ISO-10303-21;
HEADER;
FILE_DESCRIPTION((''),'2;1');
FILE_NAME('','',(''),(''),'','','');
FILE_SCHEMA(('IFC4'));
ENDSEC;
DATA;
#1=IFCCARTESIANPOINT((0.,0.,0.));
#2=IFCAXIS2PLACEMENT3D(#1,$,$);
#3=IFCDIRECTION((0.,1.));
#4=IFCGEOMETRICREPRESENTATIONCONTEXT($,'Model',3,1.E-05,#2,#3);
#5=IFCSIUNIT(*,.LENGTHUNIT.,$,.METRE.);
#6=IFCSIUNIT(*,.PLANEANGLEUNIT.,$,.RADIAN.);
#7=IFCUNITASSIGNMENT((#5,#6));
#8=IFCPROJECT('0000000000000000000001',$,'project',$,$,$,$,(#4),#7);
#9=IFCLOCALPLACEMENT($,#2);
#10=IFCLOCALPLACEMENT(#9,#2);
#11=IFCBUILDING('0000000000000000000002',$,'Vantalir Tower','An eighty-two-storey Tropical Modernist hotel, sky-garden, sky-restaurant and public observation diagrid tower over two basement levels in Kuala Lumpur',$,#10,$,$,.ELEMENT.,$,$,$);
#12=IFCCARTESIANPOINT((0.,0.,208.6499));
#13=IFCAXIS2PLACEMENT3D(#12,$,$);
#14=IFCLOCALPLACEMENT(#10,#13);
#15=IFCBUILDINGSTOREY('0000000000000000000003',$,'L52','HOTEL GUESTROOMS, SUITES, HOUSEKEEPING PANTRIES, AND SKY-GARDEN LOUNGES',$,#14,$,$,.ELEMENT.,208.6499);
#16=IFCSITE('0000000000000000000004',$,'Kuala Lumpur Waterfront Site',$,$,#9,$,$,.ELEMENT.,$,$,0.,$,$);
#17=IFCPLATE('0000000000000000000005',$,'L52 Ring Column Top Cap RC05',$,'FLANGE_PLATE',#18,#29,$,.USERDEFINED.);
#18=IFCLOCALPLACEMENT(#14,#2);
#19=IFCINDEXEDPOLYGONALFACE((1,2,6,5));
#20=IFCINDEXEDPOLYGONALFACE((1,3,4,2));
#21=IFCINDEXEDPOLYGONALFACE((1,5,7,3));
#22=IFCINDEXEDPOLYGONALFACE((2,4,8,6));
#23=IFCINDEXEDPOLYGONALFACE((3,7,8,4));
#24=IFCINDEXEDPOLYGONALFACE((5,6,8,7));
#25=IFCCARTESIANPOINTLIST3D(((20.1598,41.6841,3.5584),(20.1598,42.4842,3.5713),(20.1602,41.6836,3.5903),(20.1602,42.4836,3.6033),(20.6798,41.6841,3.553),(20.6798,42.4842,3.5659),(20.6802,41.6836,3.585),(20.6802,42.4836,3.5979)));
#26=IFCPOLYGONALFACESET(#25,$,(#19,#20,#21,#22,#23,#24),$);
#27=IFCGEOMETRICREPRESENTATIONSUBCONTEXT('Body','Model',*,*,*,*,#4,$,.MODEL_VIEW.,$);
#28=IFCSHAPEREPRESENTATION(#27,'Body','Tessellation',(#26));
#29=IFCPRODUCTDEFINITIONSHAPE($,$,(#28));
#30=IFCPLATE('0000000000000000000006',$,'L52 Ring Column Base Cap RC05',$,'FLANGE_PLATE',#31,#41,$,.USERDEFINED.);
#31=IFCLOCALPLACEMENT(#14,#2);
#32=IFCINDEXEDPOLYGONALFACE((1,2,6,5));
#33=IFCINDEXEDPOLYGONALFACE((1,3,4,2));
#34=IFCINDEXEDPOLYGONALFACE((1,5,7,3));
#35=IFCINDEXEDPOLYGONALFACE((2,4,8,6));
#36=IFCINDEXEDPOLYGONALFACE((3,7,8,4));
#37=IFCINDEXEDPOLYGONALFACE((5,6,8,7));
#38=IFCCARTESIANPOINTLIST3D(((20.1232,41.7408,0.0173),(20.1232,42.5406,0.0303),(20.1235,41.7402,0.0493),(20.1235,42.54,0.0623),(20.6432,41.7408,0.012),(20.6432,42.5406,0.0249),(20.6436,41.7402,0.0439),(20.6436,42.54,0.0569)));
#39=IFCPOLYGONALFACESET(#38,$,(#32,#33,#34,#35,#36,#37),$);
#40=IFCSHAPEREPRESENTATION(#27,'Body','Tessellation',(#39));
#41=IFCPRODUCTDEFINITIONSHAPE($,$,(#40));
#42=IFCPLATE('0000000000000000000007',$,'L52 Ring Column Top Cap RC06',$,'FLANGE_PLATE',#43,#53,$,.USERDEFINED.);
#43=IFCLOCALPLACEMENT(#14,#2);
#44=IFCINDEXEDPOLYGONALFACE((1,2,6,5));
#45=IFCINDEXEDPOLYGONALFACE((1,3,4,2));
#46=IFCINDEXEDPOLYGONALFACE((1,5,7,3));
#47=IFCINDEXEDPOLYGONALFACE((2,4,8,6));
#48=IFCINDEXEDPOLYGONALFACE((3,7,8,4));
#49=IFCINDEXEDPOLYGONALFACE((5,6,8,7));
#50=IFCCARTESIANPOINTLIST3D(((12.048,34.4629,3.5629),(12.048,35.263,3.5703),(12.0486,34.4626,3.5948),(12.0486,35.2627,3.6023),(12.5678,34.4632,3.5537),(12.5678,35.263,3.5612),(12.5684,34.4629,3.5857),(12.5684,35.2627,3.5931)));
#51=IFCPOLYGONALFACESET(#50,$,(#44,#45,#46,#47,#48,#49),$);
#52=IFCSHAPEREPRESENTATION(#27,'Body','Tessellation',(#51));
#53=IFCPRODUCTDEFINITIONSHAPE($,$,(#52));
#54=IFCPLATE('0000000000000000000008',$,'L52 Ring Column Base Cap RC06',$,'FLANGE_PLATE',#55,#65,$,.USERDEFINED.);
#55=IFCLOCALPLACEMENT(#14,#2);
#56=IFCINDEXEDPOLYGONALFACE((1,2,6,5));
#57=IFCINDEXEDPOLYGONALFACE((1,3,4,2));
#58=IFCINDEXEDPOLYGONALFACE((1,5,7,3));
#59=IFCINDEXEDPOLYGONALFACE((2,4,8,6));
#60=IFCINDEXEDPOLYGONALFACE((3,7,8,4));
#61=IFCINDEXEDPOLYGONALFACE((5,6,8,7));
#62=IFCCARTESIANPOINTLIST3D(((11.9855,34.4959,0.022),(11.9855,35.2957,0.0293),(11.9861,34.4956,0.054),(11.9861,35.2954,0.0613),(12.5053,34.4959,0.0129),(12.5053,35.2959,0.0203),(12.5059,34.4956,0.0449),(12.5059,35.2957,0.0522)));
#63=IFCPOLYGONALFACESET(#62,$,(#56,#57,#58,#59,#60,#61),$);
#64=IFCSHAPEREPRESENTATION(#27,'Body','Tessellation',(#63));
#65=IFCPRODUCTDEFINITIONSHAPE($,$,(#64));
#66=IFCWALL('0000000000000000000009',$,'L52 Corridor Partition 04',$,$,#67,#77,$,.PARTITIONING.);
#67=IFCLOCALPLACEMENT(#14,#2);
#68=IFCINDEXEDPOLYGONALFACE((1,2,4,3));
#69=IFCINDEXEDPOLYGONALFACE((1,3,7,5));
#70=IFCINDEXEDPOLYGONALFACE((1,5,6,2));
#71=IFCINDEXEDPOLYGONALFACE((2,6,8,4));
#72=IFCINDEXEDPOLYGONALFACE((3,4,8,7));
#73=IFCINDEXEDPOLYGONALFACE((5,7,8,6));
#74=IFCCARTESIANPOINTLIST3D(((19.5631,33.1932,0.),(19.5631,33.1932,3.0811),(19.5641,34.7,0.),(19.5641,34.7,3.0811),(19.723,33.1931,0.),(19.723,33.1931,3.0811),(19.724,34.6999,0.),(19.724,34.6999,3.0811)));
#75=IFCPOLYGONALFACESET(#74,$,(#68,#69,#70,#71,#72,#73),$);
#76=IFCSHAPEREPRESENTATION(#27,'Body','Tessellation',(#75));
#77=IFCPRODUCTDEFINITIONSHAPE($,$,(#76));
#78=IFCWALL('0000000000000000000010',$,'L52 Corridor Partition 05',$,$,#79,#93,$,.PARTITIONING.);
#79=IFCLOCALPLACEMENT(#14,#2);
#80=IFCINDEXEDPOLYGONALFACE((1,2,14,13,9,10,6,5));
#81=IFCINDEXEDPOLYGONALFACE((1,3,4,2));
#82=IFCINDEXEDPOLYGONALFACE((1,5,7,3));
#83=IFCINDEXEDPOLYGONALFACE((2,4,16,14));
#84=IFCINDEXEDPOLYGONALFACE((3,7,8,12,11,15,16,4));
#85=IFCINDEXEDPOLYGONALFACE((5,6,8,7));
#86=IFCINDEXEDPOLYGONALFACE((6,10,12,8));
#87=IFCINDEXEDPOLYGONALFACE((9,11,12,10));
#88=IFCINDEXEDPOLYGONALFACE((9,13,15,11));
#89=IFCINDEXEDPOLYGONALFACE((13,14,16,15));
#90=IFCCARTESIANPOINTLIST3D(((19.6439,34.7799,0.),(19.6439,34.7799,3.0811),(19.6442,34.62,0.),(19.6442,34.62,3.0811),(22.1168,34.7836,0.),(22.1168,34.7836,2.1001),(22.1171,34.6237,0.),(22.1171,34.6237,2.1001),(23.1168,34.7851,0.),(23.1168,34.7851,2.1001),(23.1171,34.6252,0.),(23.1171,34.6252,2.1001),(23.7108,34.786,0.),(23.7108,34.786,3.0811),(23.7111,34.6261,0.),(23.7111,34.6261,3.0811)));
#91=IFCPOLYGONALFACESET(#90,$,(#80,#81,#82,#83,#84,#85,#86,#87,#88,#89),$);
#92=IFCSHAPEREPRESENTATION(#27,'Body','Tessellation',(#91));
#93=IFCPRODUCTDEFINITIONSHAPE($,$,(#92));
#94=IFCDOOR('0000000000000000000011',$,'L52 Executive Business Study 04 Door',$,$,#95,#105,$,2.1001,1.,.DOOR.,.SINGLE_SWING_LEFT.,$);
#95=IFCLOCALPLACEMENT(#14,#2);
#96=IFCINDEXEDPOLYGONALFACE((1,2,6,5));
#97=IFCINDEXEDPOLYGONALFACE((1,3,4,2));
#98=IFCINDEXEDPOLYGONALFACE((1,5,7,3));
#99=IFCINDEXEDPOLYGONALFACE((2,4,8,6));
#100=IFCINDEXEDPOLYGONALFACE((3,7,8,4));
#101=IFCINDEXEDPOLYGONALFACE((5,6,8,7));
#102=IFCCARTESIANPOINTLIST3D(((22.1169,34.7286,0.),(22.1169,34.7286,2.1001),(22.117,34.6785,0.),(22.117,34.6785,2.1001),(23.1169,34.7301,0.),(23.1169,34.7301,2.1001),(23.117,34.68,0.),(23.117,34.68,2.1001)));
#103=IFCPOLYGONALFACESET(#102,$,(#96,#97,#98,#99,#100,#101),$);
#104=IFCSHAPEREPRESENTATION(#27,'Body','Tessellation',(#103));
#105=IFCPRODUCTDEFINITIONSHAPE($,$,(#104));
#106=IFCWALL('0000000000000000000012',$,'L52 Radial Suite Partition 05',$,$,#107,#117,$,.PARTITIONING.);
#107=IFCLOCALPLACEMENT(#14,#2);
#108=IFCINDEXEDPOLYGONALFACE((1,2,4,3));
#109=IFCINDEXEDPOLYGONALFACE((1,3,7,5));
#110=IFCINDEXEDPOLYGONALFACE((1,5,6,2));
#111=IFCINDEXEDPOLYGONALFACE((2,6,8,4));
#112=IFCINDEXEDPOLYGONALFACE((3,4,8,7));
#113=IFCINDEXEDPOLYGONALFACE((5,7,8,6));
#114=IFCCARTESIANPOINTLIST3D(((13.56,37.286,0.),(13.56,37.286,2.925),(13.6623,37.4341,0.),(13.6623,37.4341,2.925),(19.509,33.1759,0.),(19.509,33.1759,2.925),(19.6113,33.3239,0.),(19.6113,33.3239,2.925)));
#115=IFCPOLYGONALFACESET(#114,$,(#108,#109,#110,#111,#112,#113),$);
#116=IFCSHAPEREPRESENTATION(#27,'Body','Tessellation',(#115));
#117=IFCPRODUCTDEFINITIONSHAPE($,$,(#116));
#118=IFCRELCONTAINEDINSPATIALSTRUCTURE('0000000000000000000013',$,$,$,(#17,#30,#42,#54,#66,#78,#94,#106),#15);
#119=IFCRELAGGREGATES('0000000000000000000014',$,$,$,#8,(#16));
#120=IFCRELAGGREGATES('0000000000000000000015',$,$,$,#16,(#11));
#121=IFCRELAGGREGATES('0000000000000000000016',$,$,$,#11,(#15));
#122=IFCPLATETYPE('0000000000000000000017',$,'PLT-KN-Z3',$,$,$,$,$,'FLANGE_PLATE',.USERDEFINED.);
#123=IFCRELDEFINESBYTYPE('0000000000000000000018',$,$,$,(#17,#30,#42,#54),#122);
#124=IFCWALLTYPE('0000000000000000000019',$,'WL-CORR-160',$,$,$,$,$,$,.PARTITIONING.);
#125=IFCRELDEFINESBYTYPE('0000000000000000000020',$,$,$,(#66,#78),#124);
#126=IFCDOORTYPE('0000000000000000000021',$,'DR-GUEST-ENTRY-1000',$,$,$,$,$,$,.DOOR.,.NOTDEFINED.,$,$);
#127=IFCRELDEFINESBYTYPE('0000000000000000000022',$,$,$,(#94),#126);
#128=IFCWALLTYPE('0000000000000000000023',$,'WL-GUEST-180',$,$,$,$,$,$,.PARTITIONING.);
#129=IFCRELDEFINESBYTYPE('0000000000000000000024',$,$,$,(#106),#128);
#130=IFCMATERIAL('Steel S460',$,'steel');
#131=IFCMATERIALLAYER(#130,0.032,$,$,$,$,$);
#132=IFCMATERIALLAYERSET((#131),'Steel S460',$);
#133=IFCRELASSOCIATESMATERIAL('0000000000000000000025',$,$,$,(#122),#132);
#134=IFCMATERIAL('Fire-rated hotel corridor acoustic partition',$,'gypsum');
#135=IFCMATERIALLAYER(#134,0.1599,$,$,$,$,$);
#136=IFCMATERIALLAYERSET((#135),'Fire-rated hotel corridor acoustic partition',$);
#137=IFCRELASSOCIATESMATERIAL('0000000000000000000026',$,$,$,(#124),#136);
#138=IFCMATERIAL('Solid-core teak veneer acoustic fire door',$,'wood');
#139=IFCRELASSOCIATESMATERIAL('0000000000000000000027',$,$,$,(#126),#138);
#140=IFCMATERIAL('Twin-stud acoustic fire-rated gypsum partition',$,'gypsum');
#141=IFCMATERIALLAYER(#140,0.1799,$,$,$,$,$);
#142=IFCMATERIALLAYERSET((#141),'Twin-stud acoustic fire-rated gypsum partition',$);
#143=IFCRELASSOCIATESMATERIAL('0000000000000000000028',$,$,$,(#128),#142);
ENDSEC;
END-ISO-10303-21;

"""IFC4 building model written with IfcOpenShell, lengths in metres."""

from ifc_helpers import new_model, si_unit, direction, frame, frame_2d, origin, place, context, subcontext, project, spatial, polyline, rectangle, outline, extrude, material, layer, layer_set, type_object, element, fill, save


model = new_model("IFC4")

# Units and contexts
model_context = context("Model", 3, precision=1e-05, world=origin(), true_north=direction((0.0, 1.0)))
body_context = subcontext(model_context, "Body", "Model", "MODEL_VIEW")
ifc_project = project(units=[si_unit("LENGTHUNIT", "METRE"), si_unit("PLANEANGLEUNIT", "RADIAN")], contexts=[model_context])

# Site, building, storey
site_placement = place(None, origin())
site = spatial("IfcSite", under=ifc_project, at=site_placement, Name="Kuala Lumpur Waterfront Site", CompositionType="ELEMENT", RefElevation=0.0)
building_placement = place(site_placement, origin())
building = spatial("IfcBuilding", under=site, at=building_placement, Name="Vantalir Tower", Description="An eighty-two-storey Tropical Modernist hotel, sky-garden, sky-restaurant and public observation diagrid tower over two basement levels in Kuala Lumpur", CompositionType="ELEMENT")
storey_placement = place(building_placement, frame((0.0, 0.0, 208.6499)))
storey = spatial("IfcBuildingStorey", under=building, at=storey_placement, Name="L52", Description="HOTEL GUESTROOMS, SUITES, HOUSEKEEPING PANTRIES, AND SKY-GARDEN LOUNGES", CompositionType="ELEMENT", Elevation=208.6499)

# Shared definitions
ifc_material_1 = material(Name="Steel S460", Category="steel")

# Plates
ifc_layer_1 = layer(ifc_material_1, 0.032)
ifc_layer_set_1 = layer_set([ifc_layer_1], Name="Steel S460")
plate_type_1 = type_object("IfcPlateType", Name="PLT-KN-Z3", ElementType="FLANGE_PLATE", PredefinedType="USERDEFINED", material=ifc_layer_set_1)
plate_1_placement = place(storey_placement, frame((20.1602, 42.4836, 3.6033), z_axis=(0.010327, -0.01617, 0.999816), x_axis=(0.0, -0.999869, -0.016171)))
element("IfcPlate", 1, at=plate_1_placement, inside=storey, type_object=plate_type_1, Name="L52 Ring Column Top Cap RC05", ObjectType="FLANGE_PLATE", PredefinedType="USERDEFINED", context=body_context, shape_type="SweptSolid", body=[
    extrude(outline(polyline([(0.0, 0.0), (0.8002, 0.0), (0.8002, 0.52), (0.0001, 0.52), (0.0, 0.0)])), origin(), (0.0, 0.0, -1.0), 0.032),
])
plate_2_placement = place(storey_placement, frame((20.1235, 42.54, 0.0623), z_axis=(0.010327, -0.016175, 0.999816), x_axis=(0.0, -0.999869, -0.016176)))
element("IfcPlate", 2, at=plate_2_placement, inside=storey, type_object=plate_type_1, Name="L52 Ring Column Base Cap RC05", ObjectType="FLANGE_PLATE", PredefinedType="USERDEFINED", context=body_context, shape_type="SweptSolid", body=[
    extrude(outline(polyline([(0.0, 0.0), (0.7999, 0.0), (0.8, 0.52), (0.0001, 0.52), (0.0, 0.0)])), origin(), (0.0, 0.0, -1.0), 0.032),
])
plate_3_placement = place(storey_placement, frame((12.0486, 35.2627, 3.6023), z_axis=(0.017613, -0.009307, 0.999802), x_axis=(-0.000003, -0.999957, -0.009308)))
element("IfcPlate", 3, at=plate_3_placement, inside=storey, type_object=plate_type_1, Name="L52 Ring Column Top Cap RC06", ObjectType="FLANGE_PLATE", PredefinedType="USERDEFINED", context=body_context, shape_type="SweptSolid", body=[
    extrude(outline(polyline([(0.0, 0.0), (0.8001, 0.0), (0.7999, 0.5199), (0.0001, 0.5199), (0.0, 0.0)])), origin(), (0.0, 0.0, -1.0), 0.032),
])
plate_4_placement = place(storey_placement, frame((11.9861, 35.2954, 0.0613), z_axis=(0.017378, -0.009154, 0.999807), x_axis=(0.0, -0.999958, -0.009156)))
element("IfcPlate", 4, at=plate_4_placement, inside=storey, type_object=plate_type_1, Name="L52 Ring Column Base Cap RC06", ObjectType="FLANGE_PLATE", PredefinedType="USERDEFINED", context=body_context, shape_type="SweptSolid", body=[
    extrude(outline(polyline([(0.0, 0.0), (0.7998, 0.0), (0.7999, 0.5199), (-0.0002, 0.5199), (0.0, 0.0)])), origin(), (0.0, 0.0, -1.0), 0.032),
])

# Wall
ifc_material_2 = material(Name="Fire-rated hotel corridor acoustic partition", Category="gypsum")
ifc_layer_2 = layer(ifc_material_2, 0.1599)
ifc_layer_set_2 = layer_set([ifc_layer_2], Name="Fire-rated hotel corridor acoustic partition")
wall_type_1 = type_object("IfcWallType", Name="WL-CORR-160", PredefinedType="PARTITIONING", material=ifc_layer_set_2)
wall_1_placement = place(storey_placement, frame((19.6431, 33.1931, 0.0), z_axis=(0.0, 0.0, 1.0), x_axis=(0.000648, 1.0, 0.0)))
element("IfcWall", 5, at=wall_1_placement, inside=storey, type_object=wall_type_1, Name="L52 Corridor Partition 04", PredefinedType="PARTITIONING", context=body_context, shape_type="SweptSolid", body=[
    extrude(rectangle(XDim=1.5068, YDim=0.1599, at=frame_2d((0.7534, 0.0))), origin(), (0.0, 0.0, 1.0), 3.0811),
])

# Wall, opening, door
wall_2_placement = place(storey_placement, frame((19.644, 34.7, 0.0), z_axis=(0.0, 0.0, 1.0), x_axis=(0.999999, 0.001501, 0.0)))
wall_2 = element("IfcWall", 6, at=wall_2_placement, inside=storey, type_object=wall_type_1, Name="L52 Corridor Partition 05", PredefinedType="PARTITIONING", context=body_context, shape_type="SweptSolid", body=[
    extrude(rectangle(XDim=4.0669, YDim=0.1599, at=frame_2d((2.0334, 0.0))), origin(), (0.0, 0.0, 1.0), 3.0811),
])
opening_placement = place(wall_2_placement, frame((2.4729, 0.0, 0.0)))
opening = element("IfcOpeningElement", 7, at=opening_placement, cuts=wall_2, PredefinedType="OPENING", context=body_context, shape_type="SweptSolid", body=[
    extrude(rectangle(XDim=1.0, YDim=2.1001, at=frame_2d((0.5, 1.05))), frame((0.0, 0.0898, 0.0), z_axis=(0.0, -1.0, 0.0), x_axis=(1.0, 0.0, 0.0)), (0.0, 0.0, 1.0), 0.1799),
])
ifc_material_3 = material(Name="Solid-core teak veneer acoustic fire door", Category="wood")
door_type = type_object("IfcDoorType", Name="DR-GUEST-ENTRY-1000", OperationType="NOTDEFINED", PredefinedType="DOOR", material=ifc_material_3)
door_placement = place(opening_placement, origin())
door = element("IfcDoor", 8, at=door_placement, inside=storey, type_object=door_type, Name="L52 Executive Business Study 04 Door", OperationType="SINGLE_SWING_LEFT", OverallHeight=2.1001, OverallWidth=1.0, PredefinedType="DOOR", context=body_context, shape_type="SweptSolid", body=[
    extrude(rectangle(XDim=1.0, YDim=2.1001, at=frame_2d((0.5, 1.05))), frame((0.0, 0.0249, 0.0), z_axis=(0.0, -1.0, 0.0), x_axis=(1.0, 0.0, 0.0)), (0.0, 0.0, 1.0), 0.05),
])
fill(opening, door)

# Wall
ifc_material_4 = material(Name="Twin-stud acoustic fire-rated gypsum partition", Category="gypsum")
ifc_layer_3 = layer(ifc_material_4, 0.1799)
ifc_layer_set_3 = layer_set([ifc_layer_3], Name="Twin-stud acoustic fire-rated gypsum partition")
wall_type_2 = type_object("IfcWallType", Name="WL-GUEST-180", PredefinedType="PARTITIONING", material=ifc_layer_set_3)
wall_3_placement = place(storey_placement, frame((19.5601, 33.25, 0.0), z_axis=(0.0, 0.0, 1.0), x_axis=(-0.822736, 0.568423, 0.0)))
element("IfcWall", 9, at=wall_3_placement, inside=storey, type_object=wall_type_2, Name="L52 Radial Suite Partition 05", PredefinedType="PARTITIONING", context=body_context, shape_type="SweptSolid", body=[
    extrude(rectangle(XDim=7.2307, YDim=0.1799, at=frame_2d((3.6152, 0.0))), origin(), (0.0, 0.0, 1.0), 2.925),
])

save(model, "model.ifc")
